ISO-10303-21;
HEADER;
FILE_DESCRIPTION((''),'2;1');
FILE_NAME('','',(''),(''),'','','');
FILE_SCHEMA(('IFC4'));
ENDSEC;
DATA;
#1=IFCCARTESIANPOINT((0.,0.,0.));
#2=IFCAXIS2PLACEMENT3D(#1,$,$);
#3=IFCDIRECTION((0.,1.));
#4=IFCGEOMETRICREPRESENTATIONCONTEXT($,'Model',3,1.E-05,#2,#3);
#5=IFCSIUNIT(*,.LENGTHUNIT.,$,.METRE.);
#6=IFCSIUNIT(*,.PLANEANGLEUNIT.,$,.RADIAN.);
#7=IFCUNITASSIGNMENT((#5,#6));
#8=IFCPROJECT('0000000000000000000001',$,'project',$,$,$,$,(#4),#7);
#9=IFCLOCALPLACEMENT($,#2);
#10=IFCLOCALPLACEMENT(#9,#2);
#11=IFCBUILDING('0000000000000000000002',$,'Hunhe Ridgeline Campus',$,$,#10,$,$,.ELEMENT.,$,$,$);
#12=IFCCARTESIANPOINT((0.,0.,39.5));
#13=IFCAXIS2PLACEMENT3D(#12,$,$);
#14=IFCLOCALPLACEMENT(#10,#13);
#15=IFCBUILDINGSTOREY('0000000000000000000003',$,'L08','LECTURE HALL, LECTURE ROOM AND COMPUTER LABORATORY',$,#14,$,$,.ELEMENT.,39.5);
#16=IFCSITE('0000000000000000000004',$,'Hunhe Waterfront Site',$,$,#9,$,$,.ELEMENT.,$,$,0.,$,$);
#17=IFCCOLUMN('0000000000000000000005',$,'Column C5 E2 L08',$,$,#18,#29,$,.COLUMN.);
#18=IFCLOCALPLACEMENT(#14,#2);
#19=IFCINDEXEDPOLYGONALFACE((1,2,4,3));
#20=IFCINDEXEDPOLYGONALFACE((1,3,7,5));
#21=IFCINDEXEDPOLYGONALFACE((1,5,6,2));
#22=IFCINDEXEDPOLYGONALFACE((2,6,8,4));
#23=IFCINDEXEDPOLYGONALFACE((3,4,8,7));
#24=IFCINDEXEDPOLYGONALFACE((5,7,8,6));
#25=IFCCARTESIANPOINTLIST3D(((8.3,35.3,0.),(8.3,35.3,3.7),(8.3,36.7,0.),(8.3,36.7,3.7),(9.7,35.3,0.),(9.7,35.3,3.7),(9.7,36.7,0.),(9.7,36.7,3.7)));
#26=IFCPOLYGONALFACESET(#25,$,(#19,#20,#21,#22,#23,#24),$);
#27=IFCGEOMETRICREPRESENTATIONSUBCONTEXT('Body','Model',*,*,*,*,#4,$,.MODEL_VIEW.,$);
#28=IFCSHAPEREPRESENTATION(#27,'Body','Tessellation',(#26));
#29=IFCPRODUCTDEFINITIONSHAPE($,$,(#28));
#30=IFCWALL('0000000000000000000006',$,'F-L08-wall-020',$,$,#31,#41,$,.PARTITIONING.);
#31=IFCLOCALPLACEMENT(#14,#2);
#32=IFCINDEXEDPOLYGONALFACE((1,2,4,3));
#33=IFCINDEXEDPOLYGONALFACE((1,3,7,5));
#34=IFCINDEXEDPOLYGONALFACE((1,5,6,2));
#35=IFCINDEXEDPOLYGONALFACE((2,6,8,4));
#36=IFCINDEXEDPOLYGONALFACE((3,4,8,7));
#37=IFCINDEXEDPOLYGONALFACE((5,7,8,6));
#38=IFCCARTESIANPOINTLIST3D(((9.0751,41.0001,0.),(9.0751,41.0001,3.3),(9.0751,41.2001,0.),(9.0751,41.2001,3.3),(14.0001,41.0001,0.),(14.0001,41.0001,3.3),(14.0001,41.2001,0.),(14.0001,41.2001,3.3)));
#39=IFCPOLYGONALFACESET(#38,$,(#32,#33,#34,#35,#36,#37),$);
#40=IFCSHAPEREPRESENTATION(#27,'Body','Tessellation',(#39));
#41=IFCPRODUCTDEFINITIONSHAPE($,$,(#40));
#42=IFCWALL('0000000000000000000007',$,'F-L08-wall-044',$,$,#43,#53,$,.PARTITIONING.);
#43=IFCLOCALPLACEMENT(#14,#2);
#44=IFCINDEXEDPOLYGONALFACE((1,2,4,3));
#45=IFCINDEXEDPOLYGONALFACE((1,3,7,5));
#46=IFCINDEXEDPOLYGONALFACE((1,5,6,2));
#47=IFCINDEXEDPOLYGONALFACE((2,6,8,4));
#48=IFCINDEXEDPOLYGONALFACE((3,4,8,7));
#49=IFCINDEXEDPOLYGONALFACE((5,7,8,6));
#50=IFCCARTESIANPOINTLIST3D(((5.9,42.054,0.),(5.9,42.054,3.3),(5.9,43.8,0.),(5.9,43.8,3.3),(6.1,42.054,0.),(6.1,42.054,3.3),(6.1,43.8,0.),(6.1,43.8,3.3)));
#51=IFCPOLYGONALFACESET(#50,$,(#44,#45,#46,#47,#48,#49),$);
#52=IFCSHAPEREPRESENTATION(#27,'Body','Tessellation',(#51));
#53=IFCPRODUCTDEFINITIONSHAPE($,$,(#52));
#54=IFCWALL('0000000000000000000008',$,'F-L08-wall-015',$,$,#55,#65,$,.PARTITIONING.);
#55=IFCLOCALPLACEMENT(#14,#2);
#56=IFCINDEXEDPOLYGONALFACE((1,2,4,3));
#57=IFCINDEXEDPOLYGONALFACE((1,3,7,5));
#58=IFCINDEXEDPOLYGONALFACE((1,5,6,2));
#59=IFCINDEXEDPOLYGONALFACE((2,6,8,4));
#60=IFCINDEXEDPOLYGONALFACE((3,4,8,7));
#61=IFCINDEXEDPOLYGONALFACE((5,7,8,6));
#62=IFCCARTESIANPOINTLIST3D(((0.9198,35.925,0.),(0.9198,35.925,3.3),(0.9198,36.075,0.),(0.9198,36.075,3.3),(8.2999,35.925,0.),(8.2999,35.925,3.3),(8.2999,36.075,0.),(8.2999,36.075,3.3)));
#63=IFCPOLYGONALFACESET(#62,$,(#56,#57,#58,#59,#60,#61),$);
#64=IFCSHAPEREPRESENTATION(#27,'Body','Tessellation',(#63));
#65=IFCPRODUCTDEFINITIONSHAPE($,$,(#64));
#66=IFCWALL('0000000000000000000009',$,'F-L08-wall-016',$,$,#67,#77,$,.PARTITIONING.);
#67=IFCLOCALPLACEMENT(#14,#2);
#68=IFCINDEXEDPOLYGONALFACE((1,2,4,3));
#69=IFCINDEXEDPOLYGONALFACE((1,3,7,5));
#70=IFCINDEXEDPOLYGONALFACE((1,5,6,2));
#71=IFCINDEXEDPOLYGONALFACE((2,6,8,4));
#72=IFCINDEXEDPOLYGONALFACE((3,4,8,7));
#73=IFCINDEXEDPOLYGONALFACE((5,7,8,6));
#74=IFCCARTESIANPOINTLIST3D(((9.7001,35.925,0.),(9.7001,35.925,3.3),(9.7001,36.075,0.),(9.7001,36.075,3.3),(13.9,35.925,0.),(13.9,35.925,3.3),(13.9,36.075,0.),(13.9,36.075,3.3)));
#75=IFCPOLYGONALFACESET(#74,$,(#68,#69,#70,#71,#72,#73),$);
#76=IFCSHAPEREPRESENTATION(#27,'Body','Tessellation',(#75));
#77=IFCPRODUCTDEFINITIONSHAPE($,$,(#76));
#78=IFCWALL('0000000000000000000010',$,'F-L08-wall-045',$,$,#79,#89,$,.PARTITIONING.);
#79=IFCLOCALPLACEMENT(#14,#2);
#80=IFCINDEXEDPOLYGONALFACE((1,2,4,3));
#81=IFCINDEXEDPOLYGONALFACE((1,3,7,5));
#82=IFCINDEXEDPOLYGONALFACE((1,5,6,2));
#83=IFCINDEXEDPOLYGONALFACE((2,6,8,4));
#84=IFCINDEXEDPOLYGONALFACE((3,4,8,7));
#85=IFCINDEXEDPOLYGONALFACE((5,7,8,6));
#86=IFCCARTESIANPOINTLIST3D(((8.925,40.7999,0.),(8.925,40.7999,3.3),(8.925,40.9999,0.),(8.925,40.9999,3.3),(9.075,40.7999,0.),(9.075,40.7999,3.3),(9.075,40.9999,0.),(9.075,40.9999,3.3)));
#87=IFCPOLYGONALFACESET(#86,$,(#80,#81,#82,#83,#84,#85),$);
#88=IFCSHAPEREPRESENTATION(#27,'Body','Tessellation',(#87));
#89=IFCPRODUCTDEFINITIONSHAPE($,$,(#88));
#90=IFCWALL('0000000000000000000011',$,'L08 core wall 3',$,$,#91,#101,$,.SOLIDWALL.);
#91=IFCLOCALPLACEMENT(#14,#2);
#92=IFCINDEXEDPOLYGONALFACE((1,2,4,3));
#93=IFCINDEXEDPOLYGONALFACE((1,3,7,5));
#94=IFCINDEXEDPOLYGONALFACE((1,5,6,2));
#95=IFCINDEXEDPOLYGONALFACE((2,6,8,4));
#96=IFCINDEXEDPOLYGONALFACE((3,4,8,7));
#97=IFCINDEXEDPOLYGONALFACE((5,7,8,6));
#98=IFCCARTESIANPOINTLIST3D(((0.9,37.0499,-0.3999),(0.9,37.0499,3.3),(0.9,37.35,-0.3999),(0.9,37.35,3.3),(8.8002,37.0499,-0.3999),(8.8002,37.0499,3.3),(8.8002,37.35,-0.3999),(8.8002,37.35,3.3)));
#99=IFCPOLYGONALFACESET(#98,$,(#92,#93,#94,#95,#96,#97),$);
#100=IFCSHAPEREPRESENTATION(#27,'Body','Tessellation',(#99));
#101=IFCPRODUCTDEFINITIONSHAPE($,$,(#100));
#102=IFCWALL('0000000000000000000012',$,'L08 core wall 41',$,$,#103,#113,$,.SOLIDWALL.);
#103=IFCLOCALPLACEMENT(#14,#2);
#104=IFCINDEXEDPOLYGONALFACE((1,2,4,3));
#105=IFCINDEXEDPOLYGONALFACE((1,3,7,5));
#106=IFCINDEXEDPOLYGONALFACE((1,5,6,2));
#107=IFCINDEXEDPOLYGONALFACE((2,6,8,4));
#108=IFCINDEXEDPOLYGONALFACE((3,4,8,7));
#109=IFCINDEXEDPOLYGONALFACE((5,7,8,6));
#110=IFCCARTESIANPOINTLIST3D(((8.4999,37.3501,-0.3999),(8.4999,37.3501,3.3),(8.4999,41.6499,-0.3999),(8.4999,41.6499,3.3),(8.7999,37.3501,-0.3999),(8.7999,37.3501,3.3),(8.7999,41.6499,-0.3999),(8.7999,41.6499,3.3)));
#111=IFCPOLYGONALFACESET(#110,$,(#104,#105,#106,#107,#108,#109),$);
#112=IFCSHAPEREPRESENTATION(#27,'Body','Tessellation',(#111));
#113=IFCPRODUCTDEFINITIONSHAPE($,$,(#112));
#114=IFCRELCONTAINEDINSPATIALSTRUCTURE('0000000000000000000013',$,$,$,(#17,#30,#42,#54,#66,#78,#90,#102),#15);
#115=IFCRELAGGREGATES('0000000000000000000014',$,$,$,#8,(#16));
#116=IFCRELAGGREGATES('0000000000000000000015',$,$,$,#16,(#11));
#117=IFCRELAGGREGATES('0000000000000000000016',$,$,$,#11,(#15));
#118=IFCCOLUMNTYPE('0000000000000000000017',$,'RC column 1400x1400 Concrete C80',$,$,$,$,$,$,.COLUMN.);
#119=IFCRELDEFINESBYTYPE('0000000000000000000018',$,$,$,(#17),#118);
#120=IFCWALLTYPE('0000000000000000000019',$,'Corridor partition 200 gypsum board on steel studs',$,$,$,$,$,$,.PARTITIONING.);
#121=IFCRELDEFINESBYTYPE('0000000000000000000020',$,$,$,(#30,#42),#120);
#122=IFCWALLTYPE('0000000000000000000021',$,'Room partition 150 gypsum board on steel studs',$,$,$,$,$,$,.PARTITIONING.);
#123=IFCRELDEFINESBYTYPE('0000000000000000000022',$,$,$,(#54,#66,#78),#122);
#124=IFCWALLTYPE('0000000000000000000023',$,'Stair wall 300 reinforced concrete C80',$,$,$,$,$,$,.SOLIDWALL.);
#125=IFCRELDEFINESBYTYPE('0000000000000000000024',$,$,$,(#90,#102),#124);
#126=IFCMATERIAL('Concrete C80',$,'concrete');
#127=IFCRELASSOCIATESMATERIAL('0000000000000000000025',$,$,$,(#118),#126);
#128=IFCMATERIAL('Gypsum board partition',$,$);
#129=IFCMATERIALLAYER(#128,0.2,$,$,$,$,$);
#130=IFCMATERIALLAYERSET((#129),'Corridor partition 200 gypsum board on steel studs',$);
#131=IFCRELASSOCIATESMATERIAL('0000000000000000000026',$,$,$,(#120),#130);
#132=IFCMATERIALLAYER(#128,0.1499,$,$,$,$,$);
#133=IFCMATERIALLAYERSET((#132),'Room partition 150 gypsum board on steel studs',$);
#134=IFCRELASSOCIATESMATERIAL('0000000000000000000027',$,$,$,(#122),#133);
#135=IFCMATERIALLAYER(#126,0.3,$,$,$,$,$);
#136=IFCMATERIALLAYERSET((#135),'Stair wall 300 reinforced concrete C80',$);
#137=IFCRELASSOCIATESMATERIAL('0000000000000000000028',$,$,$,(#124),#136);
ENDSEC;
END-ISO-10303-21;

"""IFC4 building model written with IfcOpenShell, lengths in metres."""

from ifc_helpers import new_model, si_unit, direction, frame, frame_2d, origin, origin_2d, place, context, subcontext, project, spatial, rectangle, extrude, material, layer, layer_set, material_profile, profile_set, type_object, element, save


model = new_model("IFC4")

# Units and contexts
model_context = context("Model", 3, precision=1e-05, world=origin(), true_north=direction((0.0, 1.0)))
body_context = subcontext(model_context, "Body", "Model", "MODEL_VIEW")
ifc_project = project(units=[si_unit("LENGTHUNIT", "METRE"), si_unit("PLANEANGLEUNIT", "RADIAN")], contexts=[model_context])

# Site, building, storey
site_placement = place(None, origin())
site = spatial("IfcSite", under=ifc_project, at=site_placement, Name="Hunhe Waterfront Site", CompositionType="ELEMENT", RefElevation=0.0)
building_placement = place(site_placement, origin())
building = spatial("IfcBuilding", under=site, at=building_placement, Name="Hunhe Ridgeline Campus", CompositionType="ELEMENT")
storey_placement = place(building_placement, frame((0.0, 0.0, 39.5)))
storey = spatial("IfcBuildingStorey", under=building, at=storey_placement, Name="L08", Description="LECTURE HALL, LECTURE ROOM AND COMPUTER LABORATORY", CompositionType="ELEMENT", Elevation=39.5)

# Column
ifc_material_1 = material(Name="Concrete C80", Category="concrete")
ifc_material_profile = material_profile(ifc_material_1, rectangle(XDim=1.3999, YDim=1.3999, at=origin_2d()))
ifc_profile_set = profile_set([ifc_material_profile], Name="Concrete C80")
column_type = type_object("IfcColumnType", Name="RC column 1400x1400 Concrete C80", PredefinedType="COLUMN", material=ifc_profile_set)
column_placement = place(storey_placement, frame((9.0, 36.0, 0.0), z_axis=(0.0, 0.0, 1.0), x_axis=(1.0, 0.0, 0.0)))
element("IfcColumn", 1, at=column_placement, inside=storey, type_object=column_type, Name="Column C5 E2 L08", PredefinedType="COLUMN", context=body_context, shape_type="SweptSolid", body=[
    extrude(rectangle(XDim=1.3999, YDim=1.3999, at=origin_2d()), origin(), (0.0, 0.0, 1.0), 3.7),
])

# Wall
ifc_material_2 = material(Name="Gypsum board partition")
ifc_layer_1 = layer(ifc_material_2, 0.2)
ifc_layer_set_1 = layer_set([ifc_layer_1], Name="Corridor partition 200 gypsum board on steel studs")
wall_type_1 = type_object("IfcWallType", Name="Corridor partition 200 gypsum board on steel studs", PredefinedType="PARTITIONING", material=ifc_layer_set_1)
wall_1_placement = place(storey_placement, frame((14.0, 41.1001, 0.0), z_axis=(0.0, 0.0, 1.0), x_axis=(-1.0, 0.0, 0.0)))
element("IfcWall", 2, at=wall_1_placement, inside=storey, type_object=wall_type_1, Name="F-L08-wall-020", PredefinedType="PARTITIONING", context=body_context, shape_type="SweptSolid", body=[
    extrude(rectangle(XDim=4.925, YDim=0.2, at=frame_2d((2.4624, 0.0))), origin(), (0.0, 0.0, 1.0), 3.3),
])

# Walls
wall_2_placement = place(storey_placement, frame((6.0, 42.054, 0.0), z_axis=(0.0, 0.0, 1.0), x_axis=(0.0, 1.0, 0.0)))
element("IfcWall", 3, at=wall_2_placement, inside=storey, type_object=wall_type_1, Name="F-L08-wall-044", PredefinedType="PARTITIONING", context=body_context, shape_type="SweptSolid", body=[
    extrude(rectangle(XDim=1.7461, YDim=0.2, at=frame_2d((0.873, 0.0))), origin(), (0.0, 0.0, 1.0), 3.3),
])
ifc_layer_2 = layer(ifc_material_2, 0.1499)
ifc_layer_set_2 = layer_set([ifc_layer_2], Name="Room partition 150 gypsum board on steel studs")
wall_type_2 = type_object("IfcWallType", Name="Room partition 150 gypsum board on steel studs", PredefinedType="PARTITIONING", material=ifc_layer_set_2)
wall_3_placement = place(storey_placement, frame((0.9199, 36.0, 0.0), z_axis=(0.0, 0.0, 1.0), x_axis=(1.0, 0.0, 0.0)))
element("IfcWall", 4, at=wall_3_placement, inside=storey, type_object=wall_type_2, Name="F-L08-wall-015", PredefinedType="PARTITIONING", context=body_context, shape_type="SweptSolid", body=[
    extrude(rectangle(XDim=7.3801, YDim=0.1499, at=frame_2d((3.6899, 0.0))), origin(), (0.0, 0.0, 1.0), 3.3),
])
wall_4_placement = place(storey_placement, frame((9.7, 36.0, 0.0), z_axis=(0.0, 0.0, 1.0), x_axis=(1.0, 0.0, 0.0)))
element("IfcWall", 5, at=wall_4_placement, inside=storey, type_object=wall_type_2, Name="F-L08-wall-016", PredefinedType="PARTITIONING", context=body_context, shape_type="SweptSolid", body=[
    extrude(rectangle(XDim=4.2, YDim=0.1499, at=frame_2d((2.1001, 0.0))), origin(), (0.0, 0.0, 1.0), 3.3),
])
wall_5_placement = place(storey_placement, frame((9.0, 41.0, 0.0), z_axis=(0.0, 0.0, 1.0), x_axis=(0.0, -1.0, 0.0)))
element("IfcWall", 6, at=wall_5_placement, inside=storey, type_object=wall_type_2, Name="F-L08-wall-045", PredefinedType="PARTITIONING", context=body_context, shape_type="SweptSolid", body=[
    extrude(rectangle(XDim=0.2, YDim=0.1499, at=frame_2d((0.1001, 0.0))), origin(), (0.0, 0.0, 1.0), 3.3),
])
ifc_layer_3 = layer(ifc_material_1, 0.3)
ifc_layer_set_3 = layer_set([ifc_layer_3], Name="Stair wall 300 reinforced concrete C80")
wall_type_3 = type_object("IfcWallType", Name="Stair wall 300 reinforced concrete C80", PredefinedType="SOLIDWALL", material=ifc_layer_set_3)
wall_6_placement = place(storey_placement, frame((0.8999, 37.2, -0.3999), z_axis=(0.0, 0.0, 1.0), x_axis=(1.0, 0.0, 0.0)))
element("IfcWall", 7, at=wall_6_placement, inside=storey, type_object=wall_type_3, Name="L08 core wall 3", PredefinedType="SOLIDWALL", context=body_context, shape_type="SweptSolid", body=[
    extrude(rectangle(XDim=7.9001, YDim=0.3, at=frame_2d((3.9502, 0.0))), origin(), (0.0, 0.0, 1.0), 3.7),
])

# Wall
wall_7_placement = place(storey_placement, frame((8.6499, 37.3501, -0.3999), z_axis=(0.0, 0.0, 1.0), x_axis=(0.0, 1.0, 0.0)))
element("IfcWall", 8, at=wall_7_placement, inside=storey, type_object=wall_type_3, Name="L08 core wall 41", PredefinedType="SOLIDWALL", context=body_context, shape_type="SweptSolid", body=[
    extrude(rectangle(XDim=4.2998, YDim=0.3, at=frame_2d((2.1499, 0.0))), origin(), (0.0, 0.0, 1.0), 3.7),
])

save(model, "model.ifc")
